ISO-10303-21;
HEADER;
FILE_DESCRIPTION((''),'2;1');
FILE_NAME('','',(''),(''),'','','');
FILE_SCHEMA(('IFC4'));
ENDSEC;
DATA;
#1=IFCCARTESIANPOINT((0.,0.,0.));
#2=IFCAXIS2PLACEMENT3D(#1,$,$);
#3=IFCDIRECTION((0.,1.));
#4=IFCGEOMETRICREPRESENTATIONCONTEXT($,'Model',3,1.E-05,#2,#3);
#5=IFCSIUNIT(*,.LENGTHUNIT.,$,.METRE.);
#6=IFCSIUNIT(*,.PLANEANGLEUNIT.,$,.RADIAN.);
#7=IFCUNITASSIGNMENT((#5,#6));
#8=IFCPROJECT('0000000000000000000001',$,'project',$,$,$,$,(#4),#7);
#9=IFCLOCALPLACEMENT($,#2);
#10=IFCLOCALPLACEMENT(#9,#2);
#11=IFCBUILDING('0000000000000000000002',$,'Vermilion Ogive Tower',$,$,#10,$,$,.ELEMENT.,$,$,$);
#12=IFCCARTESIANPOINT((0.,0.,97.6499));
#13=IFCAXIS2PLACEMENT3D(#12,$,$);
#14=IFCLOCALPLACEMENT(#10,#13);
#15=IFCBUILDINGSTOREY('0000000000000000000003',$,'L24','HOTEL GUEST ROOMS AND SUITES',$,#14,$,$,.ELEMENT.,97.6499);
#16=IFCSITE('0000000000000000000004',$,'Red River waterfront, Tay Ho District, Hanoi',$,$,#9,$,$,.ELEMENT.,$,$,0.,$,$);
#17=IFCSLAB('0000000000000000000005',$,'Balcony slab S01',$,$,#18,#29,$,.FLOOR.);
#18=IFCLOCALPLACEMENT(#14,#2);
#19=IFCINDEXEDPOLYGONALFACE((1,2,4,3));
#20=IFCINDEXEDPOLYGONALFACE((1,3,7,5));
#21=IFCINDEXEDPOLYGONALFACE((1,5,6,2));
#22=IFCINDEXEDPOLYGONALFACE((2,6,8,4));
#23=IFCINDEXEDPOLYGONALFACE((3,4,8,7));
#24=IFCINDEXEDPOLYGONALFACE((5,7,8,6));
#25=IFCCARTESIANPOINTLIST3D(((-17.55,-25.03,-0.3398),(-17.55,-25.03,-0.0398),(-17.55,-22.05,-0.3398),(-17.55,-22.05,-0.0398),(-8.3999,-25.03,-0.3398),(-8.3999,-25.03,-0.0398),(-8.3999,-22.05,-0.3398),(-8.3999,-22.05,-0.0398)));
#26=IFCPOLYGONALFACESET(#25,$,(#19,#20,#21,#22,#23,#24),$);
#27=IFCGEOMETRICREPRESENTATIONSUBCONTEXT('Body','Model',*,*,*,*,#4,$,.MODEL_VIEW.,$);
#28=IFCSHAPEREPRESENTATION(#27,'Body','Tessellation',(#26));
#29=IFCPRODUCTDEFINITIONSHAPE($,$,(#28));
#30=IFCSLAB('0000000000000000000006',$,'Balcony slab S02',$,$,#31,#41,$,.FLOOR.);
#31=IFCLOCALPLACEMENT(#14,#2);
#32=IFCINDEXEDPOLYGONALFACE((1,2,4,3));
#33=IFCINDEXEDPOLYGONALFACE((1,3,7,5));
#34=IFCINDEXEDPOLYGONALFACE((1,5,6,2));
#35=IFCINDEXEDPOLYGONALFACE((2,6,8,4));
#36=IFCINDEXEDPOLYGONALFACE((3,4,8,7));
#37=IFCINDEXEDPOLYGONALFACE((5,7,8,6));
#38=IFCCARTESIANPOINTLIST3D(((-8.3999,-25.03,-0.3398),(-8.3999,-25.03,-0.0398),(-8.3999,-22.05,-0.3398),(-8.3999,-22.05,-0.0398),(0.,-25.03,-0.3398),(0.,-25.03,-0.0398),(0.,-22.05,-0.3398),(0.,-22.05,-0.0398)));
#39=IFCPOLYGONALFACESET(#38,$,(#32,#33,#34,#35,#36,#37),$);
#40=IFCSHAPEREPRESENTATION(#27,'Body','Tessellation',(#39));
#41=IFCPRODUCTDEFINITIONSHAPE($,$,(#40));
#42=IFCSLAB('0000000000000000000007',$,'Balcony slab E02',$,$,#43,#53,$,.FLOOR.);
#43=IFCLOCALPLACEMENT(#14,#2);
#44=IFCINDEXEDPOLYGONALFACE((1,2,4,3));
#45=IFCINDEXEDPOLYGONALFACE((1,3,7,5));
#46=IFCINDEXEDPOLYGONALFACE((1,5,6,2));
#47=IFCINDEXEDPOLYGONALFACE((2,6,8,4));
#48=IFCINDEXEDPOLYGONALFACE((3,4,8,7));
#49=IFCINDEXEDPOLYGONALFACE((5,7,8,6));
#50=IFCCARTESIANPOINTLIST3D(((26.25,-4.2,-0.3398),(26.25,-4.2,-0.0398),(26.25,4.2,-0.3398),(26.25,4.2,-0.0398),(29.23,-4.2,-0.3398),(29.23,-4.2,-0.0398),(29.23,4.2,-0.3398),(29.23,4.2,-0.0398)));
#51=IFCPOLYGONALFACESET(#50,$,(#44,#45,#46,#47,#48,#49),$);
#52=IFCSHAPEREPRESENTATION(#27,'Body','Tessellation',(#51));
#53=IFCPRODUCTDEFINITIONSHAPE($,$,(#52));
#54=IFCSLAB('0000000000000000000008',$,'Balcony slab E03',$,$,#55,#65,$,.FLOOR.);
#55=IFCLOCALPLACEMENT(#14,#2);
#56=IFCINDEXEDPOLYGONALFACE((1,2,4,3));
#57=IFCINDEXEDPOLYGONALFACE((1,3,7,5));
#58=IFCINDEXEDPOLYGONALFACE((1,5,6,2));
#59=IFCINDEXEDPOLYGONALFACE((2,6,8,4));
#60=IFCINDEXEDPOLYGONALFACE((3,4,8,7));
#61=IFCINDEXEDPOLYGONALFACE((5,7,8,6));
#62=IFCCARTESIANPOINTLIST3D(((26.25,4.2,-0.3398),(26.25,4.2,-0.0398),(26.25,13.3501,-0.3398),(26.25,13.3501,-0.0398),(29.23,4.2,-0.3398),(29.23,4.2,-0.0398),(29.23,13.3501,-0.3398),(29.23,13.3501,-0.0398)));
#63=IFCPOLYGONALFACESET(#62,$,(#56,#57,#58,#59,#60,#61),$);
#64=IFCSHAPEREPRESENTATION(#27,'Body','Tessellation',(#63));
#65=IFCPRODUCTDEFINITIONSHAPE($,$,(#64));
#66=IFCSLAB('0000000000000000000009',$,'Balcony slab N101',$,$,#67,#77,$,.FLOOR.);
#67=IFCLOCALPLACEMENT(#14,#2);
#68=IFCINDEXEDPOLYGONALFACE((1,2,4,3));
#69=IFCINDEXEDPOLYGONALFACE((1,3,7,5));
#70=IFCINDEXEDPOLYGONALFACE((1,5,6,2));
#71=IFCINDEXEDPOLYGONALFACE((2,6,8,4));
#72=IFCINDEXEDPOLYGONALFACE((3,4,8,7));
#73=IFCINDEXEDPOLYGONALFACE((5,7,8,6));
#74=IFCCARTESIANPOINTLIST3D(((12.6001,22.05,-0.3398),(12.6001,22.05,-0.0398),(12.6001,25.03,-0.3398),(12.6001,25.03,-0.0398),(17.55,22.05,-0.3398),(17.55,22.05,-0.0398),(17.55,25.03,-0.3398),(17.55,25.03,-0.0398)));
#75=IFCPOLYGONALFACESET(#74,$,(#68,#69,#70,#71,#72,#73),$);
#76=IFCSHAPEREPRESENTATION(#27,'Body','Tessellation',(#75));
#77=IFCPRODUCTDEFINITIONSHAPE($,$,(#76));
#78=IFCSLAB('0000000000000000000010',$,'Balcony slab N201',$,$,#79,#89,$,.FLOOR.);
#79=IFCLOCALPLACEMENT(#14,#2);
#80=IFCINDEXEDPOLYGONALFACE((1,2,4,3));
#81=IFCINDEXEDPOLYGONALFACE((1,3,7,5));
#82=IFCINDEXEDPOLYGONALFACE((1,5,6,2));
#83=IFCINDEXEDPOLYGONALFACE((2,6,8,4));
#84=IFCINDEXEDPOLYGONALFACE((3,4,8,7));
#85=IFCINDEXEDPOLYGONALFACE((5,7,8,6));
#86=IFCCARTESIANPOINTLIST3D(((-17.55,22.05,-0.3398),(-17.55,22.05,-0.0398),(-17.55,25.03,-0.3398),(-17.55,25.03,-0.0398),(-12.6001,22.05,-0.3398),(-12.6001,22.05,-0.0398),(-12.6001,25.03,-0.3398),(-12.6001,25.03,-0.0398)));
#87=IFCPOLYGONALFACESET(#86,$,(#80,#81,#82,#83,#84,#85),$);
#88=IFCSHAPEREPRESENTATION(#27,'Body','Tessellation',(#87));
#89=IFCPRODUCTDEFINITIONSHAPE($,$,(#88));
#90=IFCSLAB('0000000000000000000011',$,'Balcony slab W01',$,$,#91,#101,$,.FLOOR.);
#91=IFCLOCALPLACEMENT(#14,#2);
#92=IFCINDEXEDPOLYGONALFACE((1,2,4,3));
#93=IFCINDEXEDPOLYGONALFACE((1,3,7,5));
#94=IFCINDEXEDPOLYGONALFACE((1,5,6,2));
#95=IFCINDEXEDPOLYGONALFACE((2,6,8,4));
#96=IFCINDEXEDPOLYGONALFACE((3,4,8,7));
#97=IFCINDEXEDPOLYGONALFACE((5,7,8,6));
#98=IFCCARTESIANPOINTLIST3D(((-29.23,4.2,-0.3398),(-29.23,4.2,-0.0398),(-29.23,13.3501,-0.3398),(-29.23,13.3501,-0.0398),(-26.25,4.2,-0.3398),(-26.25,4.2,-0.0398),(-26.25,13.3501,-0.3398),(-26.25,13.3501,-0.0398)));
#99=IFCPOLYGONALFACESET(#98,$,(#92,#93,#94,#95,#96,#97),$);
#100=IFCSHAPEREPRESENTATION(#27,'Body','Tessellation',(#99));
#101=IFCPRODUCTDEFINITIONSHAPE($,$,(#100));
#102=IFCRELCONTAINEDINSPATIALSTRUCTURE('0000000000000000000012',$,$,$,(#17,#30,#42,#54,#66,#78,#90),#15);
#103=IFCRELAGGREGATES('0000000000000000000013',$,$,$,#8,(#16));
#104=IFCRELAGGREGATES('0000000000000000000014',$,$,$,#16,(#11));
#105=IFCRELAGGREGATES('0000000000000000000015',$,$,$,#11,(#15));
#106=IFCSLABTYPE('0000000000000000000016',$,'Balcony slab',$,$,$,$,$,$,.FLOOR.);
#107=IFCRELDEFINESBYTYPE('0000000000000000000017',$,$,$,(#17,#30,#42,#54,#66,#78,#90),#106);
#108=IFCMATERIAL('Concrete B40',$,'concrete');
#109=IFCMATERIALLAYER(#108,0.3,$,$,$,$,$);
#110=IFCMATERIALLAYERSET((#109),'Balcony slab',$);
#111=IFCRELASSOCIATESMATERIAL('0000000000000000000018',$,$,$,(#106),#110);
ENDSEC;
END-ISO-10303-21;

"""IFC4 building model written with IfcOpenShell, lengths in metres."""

from ifc_helpers import new_model, si_unit, direction, frame, origin, place, context, subcontext, project, spatial, polyline, outline, extrude, material, layer, layer_set, type_object, element, save


model = new_model("IFC4")

# Units and contexts
model_context = context("Model", 3, precision=1e-05, world=origin(), true_north=direction((0.0, 1.0)))
body_context = subcontext(model_context, "Body", "Model", "MODEL_VIEW")
ifc_project = project(units=[si_unit("LENGTHUNIT", "METRE"), si_unit("PLANEANGLEUNIT", "RADIAN")], contexts=[model_context])

# Site, building, storey
site_placement = place(None, origin())
site = spatial("IfcSite", under=ifc_project, at=site_placement, Name="Red River waterfront, Tay Ho District, Hanoi", CompositionType="ELEMENT", RefElevation=0.0)
building_placement = place(site_placement, origin())
building = spatial("IfcBuilding", under=site, at=building_placement, Name="Vermilion Ogive Tower", CompositionType="ELEMENT")
storey_placement = place(building_placement, frame((0.0, 0.0, 97.6499)))
storey = spatial("IfcBuildingStorey", under=building, at=storey_placement, Name="L24", Description="HOTEL GUEST ROOMS AND SUITES", CompositionType="ELEMENT", Elevation=97.6499)

# Slabs
ifc_material_1 = material(Name="Concrete B40", Category="concrete")
ifc_layer_1 = layer(ifc_material_1, 0.3)
ifc_layer_set_1 = layer_set([ifc_layer_1], Name="Balcony slab")
slab_type_1 = type_object("IfcSlabType", Name="Balcony slab", PredefinedType="FLOOR", material=ifc_layer_set_1)
slab_1_placement = place(storey_placement, frame((0.0, 0.0, -0.3398)))
element("IfcSlab", 1, at=slab_1_placement, inside=storey, type_object=slab_type_1, Name="Balcony slab S01", PredefinedType="FLOOR", context=body_context, shape_type="SweptSolid", body=[
    extrude(outline(polyline([(-17.55, -25.03), (-8.3999, -25.03), (-8.3999, -22.05), (-17.55, -22.05), (-17.55, -25.03)])), origin(), (0.0, 0.0, 1.0), 0.3),
])
slab_2_placement = place(storey_placement, frame((0.0, 0.0, -0.3398)))
element("IfcSlab", 2, at=slab_2_placement, inside=storey, type_object=slab_type_1, Name="Balcony slab S02", PredefinedType="FLOOR", context=body_context, shape_type="SweptSolid", body=[
    extrude(outline(polyline([(-8.3999, -25.03), (0.0, -25.03), (0.0, -22.05), (-8.3999, -22.05), (-8.3999, -25.03)])), origin(), (0.0, 0.0, 1.0), 0.3),
])
slab_3_placement = place(storey_placement, frame((0.0, 0.0, -0.3398)))
element("IfcSlab", 3, at=slab_3_placement, inside=storey, type_object=slab_type_1, Name="Balcony slab E02", PredefinedType="FLOOR", context=body_context, shape_type="SweptSolid", body=[
    extrude(outline(polyline([(29.23, -4.2), (29.23, 4.2), (26.25, 4.2), (26.25, -4.2), (29.23, -4.2)])), origin(), (0.0, 0.0, 1.0), 0.3),
])
slab_4_placement = place(storey_placement, frame((0.0, 0.0, -0.3398)))
element("IfcSlab", 4, at=slab_4_placement, inside=storey, type_object=slab_type_1, Name="Balcony slab E03", PredefinedType="FLOOR", context=body_context, shape_type="SweptSolid", body=[
    extrude(outline(polyline([(29.23, 4.2), (29.23, 13.3501), (26.25, 13.3501), (26.25, 4.2), (29.23, 4.2)])), origin(), (0.0, 0.0, 1.0), 0.3),
])
slab_5_placement = place(storey_placement, frame((0.0, 0.0, -0.3398)))
element("IfcSlab", 5, at=slab_5_placement, inside=storey, type_object=slab_type_1, Name="Balcony slab N101", PredefinedType="FLOOR", context=body_context, shape_type="SweptSolid", body=[
    extrude(outline(polyline([(17.55, 25.03), (12.6001, 25.03), (12.6001, 22.05), (17.55, 22.05), (17.55, 25.03)])), origin(), (0.0, 0.0, 1.0), 0.3),
])
slab_6_placement = place(storey_placement, frame((0.0, 0.0, -0.3398)))
element("IfcSlab", 6, at=slab_6_placement, inside=storey, type_object=slab_type_1, Name="Balcony slab N201", PredefinedType="FLOOR", context=body_context, shape_type="SweptSolid", body=[
    extrude(outline(polyline([(-12.6001, 25.03), (-17.55, 25.03), (-17.55, 22.05), (-12.6001, 22.05), (-12.6001, 25.03)])), origin(), (0.0, 0.0, 1.0), 0.3),
])
slab_7_placement = place(storey_placement, frame((0.0, 0.0, -0.3398)))
element("IfcSlab", 7, at=slab_7_placement, inside=storey, type_object=slab_type_1, Name="Balcony slab W01", PredefinedType="FLOOR", context=body_context, shape_type="SweptSolid", body=[
    extrude(outline(polyline([(-29.23, 13.3501), (-29.23, 4.2), (-26.25, 4.2), (-26.25, 13.3501), (-29.23, 13.3501)])), origin(), (0.0, 0.0, 1.0), 0.3),
])

save(model, "model.ifc")
